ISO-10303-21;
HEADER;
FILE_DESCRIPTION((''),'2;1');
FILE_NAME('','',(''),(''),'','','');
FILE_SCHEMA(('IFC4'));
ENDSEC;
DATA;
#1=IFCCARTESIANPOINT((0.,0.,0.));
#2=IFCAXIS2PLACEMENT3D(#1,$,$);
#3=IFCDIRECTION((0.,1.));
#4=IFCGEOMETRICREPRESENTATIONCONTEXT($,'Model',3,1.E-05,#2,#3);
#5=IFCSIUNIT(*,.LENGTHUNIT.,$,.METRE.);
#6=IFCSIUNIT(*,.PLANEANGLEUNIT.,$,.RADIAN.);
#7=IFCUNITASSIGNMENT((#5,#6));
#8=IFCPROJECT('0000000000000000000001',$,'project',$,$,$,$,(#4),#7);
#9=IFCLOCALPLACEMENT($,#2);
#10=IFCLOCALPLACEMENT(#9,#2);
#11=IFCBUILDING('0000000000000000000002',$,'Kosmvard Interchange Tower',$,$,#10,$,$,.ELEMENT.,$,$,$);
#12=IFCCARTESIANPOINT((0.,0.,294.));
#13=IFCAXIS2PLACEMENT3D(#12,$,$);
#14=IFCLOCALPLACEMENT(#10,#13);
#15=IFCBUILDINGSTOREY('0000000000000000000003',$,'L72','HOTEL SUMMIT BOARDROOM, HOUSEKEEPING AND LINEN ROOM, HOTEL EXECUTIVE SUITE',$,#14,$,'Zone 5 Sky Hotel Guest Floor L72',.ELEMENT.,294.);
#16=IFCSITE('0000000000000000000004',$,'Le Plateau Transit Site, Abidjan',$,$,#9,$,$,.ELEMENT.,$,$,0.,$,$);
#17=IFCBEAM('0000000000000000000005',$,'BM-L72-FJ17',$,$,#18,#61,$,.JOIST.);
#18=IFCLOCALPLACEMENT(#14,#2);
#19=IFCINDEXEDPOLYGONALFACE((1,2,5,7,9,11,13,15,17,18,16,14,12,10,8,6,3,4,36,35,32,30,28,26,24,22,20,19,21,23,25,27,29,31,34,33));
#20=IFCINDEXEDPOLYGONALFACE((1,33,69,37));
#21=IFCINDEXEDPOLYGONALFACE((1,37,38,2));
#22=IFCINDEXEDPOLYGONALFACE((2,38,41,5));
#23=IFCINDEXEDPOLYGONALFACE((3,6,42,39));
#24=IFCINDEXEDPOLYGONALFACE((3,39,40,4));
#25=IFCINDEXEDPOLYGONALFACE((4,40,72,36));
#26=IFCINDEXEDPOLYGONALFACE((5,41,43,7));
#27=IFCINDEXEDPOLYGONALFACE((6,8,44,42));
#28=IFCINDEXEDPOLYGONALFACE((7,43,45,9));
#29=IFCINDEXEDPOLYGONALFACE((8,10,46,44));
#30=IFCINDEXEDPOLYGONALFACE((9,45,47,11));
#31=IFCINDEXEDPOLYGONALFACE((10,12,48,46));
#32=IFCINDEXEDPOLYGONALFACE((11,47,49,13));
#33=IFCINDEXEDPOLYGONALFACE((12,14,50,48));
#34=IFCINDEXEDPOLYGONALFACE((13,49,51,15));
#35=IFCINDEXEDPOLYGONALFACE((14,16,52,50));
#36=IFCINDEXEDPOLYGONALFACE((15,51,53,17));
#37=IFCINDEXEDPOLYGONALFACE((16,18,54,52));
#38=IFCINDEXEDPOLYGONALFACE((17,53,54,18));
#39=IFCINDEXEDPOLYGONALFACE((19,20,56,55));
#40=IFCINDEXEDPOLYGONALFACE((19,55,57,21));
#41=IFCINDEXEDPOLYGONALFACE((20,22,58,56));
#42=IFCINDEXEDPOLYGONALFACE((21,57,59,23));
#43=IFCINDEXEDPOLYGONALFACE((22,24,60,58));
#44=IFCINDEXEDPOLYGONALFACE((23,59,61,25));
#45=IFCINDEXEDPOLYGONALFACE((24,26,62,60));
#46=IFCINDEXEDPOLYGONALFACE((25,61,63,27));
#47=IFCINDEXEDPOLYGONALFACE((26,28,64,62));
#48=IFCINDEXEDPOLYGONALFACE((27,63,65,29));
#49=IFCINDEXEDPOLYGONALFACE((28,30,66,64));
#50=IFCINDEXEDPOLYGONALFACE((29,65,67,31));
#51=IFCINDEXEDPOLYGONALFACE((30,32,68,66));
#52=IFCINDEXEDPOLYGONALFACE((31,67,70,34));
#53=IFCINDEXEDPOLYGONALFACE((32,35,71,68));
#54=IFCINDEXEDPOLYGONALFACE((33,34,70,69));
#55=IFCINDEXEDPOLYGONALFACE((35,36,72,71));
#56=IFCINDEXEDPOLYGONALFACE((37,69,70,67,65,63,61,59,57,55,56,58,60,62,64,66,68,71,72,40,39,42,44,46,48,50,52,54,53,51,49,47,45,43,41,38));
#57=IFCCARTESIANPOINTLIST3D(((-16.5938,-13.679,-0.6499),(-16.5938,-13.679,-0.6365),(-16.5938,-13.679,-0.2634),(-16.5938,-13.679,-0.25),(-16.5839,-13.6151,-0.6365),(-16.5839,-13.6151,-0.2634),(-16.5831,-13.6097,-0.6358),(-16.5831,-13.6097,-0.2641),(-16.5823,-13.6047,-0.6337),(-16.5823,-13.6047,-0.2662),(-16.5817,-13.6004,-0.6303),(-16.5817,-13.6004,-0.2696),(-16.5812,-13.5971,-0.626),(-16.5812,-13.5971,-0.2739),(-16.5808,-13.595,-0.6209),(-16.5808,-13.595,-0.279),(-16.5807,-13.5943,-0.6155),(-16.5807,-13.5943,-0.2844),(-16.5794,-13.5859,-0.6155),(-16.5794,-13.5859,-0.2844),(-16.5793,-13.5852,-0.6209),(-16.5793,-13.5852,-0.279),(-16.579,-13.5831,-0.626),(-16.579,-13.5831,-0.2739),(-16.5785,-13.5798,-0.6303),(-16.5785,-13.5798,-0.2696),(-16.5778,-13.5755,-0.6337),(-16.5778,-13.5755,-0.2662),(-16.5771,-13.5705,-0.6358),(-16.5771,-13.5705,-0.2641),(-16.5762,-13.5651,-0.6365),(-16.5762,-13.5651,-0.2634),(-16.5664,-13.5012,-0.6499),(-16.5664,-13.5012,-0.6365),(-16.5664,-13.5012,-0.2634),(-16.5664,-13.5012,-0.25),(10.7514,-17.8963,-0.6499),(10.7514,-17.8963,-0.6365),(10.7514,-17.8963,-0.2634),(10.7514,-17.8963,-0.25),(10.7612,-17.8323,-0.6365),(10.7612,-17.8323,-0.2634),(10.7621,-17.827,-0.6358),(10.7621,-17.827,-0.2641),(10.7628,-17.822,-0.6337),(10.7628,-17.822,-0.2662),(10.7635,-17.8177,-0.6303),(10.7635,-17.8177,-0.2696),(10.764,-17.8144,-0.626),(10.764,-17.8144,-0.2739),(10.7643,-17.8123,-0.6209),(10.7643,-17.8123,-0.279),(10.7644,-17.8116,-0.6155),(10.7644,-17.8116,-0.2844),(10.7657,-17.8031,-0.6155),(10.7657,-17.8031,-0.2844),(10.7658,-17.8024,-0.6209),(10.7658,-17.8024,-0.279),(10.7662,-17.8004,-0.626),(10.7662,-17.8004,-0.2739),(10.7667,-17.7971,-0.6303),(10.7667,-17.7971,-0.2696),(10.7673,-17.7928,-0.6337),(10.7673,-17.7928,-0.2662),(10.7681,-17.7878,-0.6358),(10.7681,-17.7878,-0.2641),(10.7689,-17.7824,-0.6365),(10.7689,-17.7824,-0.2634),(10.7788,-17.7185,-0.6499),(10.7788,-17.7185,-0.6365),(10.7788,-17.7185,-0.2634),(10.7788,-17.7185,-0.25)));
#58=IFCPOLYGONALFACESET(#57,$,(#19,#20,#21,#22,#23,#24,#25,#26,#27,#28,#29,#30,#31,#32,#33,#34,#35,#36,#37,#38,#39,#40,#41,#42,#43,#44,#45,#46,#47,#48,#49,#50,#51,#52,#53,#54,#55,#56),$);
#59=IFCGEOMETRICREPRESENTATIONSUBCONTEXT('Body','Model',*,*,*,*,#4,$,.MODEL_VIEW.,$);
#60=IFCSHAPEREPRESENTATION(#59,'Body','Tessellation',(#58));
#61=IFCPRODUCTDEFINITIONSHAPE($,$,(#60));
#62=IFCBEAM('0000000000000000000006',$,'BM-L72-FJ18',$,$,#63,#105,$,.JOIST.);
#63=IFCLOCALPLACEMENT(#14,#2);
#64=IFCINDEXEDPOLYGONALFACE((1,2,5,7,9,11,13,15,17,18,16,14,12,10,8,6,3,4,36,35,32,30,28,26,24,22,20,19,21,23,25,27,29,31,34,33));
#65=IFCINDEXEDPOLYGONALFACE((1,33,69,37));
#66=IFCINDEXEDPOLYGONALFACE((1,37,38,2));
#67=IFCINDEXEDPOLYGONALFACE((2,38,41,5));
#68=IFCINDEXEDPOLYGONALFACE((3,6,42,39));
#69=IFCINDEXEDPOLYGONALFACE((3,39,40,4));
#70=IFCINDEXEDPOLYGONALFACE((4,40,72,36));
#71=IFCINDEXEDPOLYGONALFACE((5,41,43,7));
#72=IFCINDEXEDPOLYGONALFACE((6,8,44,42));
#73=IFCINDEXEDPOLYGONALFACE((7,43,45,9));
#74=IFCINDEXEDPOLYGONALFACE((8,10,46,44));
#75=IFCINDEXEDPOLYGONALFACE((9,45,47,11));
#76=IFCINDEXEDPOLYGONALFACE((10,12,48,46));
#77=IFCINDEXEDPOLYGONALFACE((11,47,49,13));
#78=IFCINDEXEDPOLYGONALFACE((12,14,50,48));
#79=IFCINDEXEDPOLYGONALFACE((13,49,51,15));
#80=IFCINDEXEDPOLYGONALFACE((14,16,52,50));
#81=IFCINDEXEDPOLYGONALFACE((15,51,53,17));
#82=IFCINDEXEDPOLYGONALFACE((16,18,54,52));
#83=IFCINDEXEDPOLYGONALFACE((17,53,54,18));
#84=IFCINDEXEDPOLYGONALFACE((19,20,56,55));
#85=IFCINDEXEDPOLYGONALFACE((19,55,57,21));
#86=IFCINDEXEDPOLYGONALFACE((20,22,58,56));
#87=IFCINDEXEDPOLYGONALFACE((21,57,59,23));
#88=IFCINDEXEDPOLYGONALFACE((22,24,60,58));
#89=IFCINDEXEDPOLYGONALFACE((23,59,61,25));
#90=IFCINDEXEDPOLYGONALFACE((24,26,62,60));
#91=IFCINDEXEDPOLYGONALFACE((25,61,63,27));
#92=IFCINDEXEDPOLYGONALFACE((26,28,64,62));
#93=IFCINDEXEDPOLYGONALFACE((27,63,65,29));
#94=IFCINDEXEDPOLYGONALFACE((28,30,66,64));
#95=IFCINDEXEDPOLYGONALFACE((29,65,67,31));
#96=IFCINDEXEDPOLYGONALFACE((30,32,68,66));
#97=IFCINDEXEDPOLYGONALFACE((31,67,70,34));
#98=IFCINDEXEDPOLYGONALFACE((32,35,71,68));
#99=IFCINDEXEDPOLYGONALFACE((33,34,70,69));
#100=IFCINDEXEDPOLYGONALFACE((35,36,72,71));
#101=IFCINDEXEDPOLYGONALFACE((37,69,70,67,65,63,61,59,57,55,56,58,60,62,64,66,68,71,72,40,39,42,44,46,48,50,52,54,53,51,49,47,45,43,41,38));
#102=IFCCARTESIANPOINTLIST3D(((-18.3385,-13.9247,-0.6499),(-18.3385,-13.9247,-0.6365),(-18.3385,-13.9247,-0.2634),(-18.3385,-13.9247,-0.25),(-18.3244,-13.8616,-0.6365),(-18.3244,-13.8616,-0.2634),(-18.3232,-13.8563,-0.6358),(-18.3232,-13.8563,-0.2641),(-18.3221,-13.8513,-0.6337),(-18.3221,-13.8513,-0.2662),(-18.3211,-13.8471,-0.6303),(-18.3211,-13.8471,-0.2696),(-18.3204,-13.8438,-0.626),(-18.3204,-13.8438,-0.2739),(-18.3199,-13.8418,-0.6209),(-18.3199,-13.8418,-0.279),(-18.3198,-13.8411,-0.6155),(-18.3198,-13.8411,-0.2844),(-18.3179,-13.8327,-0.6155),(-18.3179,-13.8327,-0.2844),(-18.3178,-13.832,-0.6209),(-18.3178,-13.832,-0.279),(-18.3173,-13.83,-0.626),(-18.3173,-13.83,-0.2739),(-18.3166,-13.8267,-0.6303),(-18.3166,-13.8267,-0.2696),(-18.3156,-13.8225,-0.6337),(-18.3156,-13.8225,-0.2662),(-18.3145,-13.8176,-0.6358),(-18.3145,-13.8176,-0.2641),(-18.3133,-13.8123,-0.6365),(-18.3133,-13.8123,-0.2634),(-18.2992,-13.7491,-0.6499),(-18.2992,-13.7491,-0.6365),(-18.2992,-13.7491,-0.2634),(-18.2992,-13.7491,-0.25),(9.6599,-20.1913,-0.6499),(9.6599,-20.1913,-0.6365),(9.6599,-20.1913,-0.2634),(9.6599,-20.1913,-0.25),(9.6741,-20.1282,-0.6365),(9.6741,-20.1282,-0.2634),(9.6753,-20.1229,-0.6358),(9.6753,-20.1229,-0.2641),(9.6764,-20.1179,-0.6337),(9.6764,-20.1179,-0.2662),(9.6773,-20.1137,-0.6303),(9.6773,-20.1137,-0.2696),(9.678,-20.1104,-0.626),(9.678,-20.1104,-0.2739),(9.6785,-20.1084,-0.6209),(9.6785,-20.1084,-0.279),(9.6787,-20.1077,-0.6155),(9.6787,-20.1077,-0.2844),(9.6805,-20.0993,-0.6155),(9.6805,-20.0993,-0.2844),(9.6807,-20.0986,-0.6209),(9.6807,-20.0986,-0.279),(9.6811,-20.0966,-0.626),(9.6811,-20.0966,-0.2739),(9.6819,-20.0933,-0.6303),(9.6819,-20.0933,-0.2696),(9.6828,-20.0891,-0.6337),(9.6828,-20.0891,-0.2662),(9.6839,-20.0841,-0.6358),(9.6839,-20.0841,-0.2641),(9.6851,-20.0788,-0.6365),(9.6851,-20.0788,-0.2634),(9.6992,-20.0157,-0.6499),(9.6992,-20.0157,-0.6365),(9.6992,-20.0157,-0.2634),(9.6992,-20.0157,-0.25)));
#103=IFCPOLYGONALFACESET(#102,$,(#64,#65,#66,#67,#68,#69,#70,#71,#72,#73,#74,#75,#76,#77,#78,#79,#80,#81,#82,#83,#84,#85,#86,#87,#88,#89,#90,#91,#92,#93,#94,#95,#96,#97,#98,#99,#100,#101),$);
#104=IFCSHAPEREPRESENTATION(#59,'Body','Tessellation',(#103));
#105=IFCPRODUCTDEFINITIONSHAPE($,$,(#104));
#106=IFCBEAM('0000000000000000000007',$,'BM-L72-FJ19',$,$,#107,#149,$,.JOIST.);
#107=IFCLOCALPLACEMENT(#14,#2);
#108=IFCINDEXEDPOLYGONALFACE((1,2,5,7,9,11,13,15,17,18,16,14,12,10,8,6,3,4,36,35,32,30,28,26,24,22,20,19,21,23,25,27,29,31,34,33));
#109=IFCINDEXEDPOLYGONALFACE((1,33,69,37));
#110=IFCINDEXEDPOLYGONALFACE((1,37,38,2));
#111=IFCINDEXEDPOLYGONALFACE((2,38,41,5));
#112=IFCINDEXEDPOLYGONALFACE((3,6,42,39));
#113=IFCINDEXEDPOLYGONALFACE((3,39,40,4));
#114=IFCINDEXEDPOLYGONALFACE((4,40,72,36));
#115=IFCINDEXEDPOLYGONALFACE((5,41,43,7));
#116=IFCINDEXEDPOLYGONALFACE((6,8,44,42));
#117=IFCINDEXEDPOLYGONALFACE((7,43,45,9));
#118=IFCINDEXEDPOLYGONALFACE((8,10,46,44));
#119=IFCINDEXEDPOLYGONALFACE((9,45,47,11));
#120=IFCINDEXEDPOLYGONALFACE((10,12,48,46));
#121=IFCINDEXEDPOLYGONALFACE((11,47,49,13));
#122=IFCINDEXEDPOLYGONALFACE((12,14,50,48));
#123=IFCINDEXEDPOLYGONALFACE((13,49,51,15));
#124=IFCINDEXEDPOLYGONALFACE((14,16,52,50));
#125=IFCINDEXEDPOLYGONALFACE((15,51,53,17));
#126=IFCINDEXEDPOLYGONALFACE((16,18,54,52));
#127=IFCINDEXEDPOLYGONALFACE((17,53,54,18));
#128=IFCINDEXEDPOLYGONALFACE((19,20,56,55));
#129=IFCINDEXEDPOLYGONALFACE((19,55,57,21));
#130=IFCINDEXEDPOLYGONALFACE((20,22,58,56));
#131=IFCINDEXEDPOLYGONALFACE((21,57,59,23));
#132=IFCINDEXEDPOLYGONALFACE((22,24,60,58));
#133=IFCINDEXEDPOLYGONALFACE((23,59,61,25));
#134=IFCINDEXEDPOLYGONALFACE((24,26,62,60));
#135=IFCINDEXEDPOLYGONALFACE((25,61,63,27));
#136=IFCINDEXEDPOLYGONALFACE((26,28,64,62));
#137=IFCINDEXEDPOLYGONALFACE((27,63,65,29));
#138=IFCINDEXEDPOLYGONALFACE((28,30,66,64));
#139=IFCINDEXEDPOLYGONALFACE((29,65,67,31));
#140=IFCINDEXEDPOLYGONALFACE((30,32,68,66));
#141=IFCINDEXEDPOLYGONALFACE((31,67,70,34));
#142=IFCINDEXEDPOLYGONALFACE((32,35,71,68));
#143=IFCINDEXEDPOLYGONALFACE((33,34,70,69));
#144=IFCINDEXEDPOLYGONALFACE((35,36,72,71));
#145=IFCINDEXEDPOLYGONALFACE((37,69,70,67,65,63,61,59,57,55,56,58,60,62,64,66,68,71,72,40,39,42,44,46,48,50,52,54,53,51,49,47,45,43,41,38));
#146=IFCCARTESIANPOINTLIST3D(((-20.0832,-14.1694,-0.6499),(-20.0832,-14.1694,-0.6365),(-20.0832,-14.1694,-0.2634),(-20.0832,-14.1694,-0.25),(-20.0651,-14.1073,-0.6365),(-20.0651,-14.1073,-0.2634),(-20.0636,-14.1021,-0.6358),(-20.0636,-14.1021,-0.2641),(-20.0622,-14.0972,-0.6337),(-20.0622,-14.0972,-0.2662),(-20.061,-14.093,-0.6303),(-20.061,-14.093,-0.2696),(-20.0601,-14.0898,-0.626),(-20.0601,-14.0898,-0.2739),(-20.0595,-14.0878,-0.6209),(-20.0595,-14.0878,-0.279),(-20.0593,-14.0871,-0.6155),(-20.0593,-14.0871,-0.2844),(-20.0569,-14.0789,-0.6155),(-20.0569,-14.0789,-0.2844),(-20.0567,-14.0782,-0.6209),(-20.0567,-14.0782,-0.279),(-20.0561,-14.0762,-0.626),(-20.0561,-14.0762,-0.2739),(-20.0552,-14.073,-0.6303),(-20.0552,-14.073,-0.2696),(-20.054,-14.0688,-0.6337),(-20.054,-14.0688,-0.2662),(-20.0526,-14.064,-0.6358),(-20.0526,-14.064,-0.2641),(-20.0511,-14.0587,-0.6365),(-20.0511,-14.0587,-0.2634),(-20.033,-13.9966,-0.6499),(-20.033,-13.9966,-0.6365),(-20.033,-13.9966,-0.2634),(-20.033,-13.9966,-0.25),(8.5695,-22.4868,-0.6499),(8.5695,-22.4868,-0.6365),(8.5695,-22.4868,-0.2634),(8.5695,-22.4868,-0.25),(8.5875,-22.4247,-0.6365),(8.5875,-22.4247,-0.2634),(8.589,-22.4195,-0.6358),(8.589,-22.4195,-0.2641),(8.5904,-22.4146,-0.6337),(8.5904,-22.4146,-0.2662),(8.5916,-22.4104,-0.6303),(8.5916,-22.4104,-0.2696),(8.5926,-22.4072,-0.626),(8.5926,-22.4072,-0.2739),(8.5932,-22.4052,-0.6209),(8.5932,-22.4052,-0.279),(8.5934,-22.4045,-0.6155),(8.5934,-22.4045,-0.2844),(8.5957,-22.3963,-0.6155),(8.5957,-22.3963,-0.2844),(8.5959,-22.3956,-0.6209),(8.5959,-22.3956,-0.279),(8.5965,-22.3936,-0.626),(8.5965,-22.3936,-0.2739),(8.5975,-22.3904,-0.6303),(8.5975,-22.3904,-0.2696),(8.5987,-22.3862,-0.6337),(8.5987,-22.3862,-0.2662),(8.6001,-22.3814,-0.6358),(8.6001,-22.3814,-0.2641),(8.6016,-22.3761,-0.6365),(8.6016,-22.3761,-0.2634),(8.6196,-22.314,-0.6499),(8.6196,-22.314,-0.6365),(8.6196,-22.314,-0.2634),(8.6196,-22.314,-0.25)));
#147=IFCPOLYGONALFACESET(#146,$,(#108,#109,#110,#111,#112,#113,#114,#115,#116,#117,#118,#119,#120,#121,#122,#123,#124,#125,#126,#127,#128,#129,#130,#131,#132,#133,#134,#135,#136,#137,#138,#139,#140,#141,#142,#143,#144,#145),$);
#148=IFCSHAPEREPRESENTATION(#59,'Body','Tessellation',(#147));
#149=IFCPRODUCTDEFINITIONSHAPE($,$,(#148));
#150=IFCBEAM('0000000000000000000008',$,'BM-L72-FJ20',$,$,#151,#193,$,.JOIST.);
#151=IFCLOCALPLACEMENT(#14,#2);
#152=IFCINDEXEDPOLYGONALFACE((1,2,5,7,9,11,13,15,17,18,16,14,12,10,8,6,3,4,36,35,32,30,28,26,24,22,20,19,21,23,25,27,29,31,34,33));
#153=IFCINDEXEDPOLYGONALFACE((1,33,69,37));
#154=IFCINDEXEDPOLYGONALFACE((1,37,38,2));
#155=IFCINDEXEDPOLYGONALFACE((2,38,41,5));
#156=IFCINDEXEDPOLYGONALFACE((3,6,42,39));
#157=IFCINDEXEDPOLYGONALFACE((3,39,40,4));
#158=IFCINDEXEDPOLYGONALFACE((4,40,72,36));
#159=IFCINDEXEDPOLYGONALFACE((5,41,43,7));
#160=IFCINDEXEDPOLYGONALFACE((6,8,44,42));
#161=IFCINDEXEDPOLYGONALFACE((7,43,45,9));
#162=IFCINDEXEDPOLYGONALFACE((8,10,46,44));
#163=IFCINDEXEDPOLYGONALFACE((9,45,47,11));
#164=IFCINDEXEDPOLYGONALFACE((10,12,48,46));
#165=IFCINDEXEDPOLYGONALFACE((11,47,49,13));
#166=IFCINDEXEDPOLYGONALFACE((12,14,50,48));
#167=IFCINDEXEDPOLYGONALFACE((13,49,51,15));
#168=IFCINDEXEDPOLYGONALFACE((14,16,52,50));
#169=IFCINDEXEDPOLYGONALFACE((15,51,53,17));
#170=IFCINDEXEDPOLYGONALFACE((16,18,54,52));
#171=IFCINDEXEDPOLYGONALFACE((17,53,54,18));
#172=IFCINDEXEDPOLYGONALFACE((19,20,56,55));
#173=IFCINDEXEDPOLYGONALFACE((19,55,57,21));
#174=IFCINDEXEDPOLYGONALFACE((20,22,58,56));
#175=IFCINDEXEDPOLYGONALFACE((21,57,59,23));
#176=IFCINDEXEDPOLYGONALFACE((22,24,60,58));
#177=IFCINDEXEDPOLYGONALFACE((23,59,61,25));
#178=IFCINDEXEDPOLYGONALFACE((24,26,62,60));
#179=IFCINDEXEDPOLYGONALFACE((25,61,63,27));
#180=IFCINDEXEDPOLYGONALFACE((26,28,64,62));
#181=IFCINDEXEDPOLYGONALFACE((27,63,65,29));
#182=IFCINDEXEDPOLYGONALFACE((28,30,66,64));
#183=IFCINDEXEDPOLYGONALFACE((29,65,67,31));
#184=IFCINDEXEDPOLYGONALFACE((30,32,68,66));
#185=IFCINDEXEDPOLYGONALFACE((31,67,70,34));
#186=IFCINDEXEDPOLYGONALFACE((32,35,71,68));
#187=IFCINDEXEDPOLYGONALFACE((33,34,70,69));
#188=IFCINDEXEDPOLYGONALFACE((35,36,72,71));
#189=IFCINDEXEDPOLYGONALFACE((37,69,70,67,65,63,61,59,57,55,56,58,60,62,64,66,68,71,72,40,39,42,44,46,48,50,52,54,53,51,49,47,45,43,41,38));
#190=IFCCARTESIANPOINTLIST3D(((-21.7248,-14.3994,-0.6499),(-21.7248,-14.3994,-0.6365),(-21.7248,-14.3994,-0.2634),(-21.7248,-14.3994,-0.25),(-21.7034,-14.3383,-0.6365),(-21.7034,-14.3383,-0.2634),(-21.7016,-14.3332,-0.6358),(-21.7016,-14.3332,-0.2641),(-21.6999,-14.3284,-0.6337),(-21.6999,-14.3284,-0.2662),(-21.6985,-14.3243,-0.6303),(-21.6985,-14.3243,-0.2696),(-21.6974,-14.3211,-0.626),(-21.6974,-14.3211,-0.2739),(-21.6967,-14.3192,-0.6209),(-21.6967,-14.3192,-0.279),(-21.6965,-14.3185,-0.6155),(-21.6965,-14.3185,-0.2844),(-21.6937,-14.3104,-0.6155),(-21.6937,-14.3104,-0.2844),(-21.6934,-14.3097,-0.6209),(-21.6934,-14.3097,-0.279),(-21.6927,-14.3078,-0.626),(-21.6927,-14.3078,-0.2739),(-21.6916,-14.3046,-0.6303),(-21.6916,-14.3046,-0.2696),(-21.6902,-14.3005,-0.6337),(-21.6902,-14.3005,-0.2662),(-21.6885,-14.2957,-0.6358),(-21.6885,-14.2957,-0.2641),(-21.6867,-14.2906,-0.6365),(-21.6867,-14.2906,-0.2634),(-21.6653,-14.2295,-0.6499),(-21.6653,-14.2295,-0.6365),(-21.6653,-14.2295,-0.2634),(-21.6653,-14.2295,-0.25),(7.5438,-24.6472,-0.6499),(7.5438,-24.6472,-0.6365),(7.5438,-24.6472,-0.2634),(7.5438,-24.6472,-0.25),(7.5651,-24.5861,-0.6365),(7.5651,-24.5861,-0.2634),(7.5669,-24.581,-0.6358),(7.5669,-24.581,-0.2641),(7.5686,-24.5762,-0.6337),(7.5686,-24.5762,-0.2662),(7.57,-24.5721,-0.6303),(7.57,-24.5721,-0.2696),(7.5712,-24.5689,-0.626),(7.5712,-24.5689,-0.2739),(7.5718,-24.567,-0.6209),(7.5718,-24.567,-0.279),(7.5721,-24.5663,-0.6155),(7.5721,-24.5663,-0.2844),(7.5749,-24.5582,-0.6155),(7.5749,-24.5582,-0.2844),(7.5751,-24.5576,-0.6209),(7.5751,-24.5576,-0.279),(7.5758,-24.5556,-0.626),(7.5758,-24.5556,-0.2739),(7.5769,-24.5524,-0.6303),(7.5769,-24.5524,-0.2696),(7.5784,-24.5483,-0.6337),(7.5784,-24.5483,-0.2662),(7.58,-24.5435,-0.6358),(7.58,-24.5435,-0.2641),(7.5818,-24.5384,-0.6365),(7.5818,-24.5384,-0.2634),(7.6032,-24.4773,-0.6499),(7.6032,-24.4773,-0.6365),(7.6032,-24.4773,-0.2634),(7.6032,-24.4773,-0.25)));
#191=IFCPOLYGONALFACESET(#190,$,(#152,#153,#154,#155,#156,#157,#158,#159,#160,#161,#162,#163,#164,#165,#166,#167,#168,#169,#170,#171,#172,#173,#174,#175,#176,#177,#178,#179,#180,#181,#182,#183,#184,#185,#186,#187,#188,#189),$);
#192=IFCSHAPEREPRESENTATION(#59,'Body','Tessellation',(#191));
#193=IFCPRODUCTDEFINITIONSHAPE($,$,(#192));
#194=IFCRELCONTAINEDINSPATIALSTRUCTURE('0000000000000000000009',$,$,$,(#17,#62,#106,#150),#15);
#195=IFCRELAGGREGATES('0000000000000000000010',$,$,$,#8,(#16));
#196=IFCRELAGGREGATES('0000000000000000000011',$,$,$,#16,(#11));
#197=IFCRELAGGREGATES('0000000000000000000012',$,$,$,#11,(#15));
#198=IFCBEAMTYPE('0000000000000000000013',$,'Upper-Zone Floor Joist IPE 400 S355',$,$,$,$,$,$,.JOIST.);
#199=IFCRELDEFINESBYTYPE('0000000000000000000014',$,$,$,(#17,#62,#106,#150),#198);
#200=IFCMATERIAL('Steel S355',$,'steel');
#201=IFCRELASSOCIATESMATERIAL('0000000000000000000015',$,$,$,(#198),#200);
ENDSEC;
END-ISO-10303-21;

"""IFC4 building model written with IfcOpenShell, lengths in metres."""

from ifc_helpers import new_model, si_unit, direction, frame, origin, origin_2d, place, context, subcontext, project, spatial, i_section, extrude, source, transform, mapped, material, material_profile, profile_set, type_object, element, save


model = new_model("IFC4")

# Units and contexts
model_context = context("Model", 3, precision=1e-05, world=origin(), true_north=direction((0.0, 1.0)))
body_context = subcontext(model_context, "Body", "Model", "MODEL_VIEW")
ifc_project = project(units=[si_unit("LENGTHUNIT", "METRE"), si_unit("PLANEANGLEUNIT", "RADIAN")], contexts=[model_context])

# Site, building, storey
site_placement = place(None, origin())
site = spatial("IfcSite", under=ifc_project, at=site_placement, Name="Le Plateau Transit Site, Abidjan", CompositionType="ELEMENT", RefElevation=0.0)
building_placement = place(site_placement, origin())
building = spatial("IfcBuilding", under=site, at=building_placement, Name="Kosmvard Interchange Tower", CompositionType="ELEMENT")
storey_placement = place(building_placement, frame((0.0, 0.0, 294.0)))
storey = spatial("IfcBuildingStorey", under=building, at=storey_placement, Name="L72", Description="HOTEL SUMMIT BOARDROOM, HOUSEKEEPING AND LINEN ROOM, HOTEL EXECUTIVE SUITE", LongName="Zone 5 Sky Hotel Guest Floor L72", CompositionType="ELEMENT", Elevation=294.0)

# Beams
ifc_material_1 = material(Name="Steel S355", Category="steel")
ifc_material_profile_1 = material_profile(ifc_material_1, i_section(OverallWidth=0.1799, OverallDepth=0.3999, WebThickness=0.0085, FlangeThickness=0.0134, FilletRadius=0.021, at=origin_2d()), Name="IPE 400")
ifc_profile_set_1 = profile_set([ifc_material_profile_1], Name="Steel S355")
beam_type_1 = type_object("IfcBeamType", Name="Upper-Zone Floor Joist IPE 400 S355", PredefinedType="JOIST", material=ifc_profile_set_1)
shared_shape_1 = source(origin(), body_context, "Body", "SweptSolid", [
    extrude(i_section(OverallWidth=0.1799, OverallDepth=0.3999, WebThickness=0.0085, FlangeThickness=0.0134, FilletRadius=0.021, at=origin_2d()), origin(), (0.0, 0.0, 1.0), 27.6685),
])
beam_1_placement = place(storey_placement, frame((-16.5801, -13.5901, -0.45), z_axis=(0.988316, -0.152422, 0.0), x_axis=(0.152422, 0.988316, 0.0)))
element("IfcBeam", 1, at=beam_1_placement, inside=storey, type_object=beam_type_1, Name="BM-L72-FJ17", PredefinedType="JOIST", context=body_context, shape_type="MappedRepresentation", body=[
    mapped(shared_shape_1, transform((0.0, 0.0, 0.0), scale=1.0)),
])
shared_shape_2 = source(origin(), body_context, "Body", "SweptSolid", [
    extrude(i_section(OverallWidth=0.1799, OverallDepth=0.3999, WebThickness=0.0085, FlangeThickness=0.0134, FilletRadius=0.021, at=origin_2d()), origin(), (0.0, 0.0, 1.0), 28.6912),
])
beam_2_placement = place(storey_placement, frame((-18.3188, -13.8369, -0.45), z_axis=(0.975856, -0.218415, 0.0), x_axis=(0.218415, 0.975856, 0.0)))
element("IfcBeam", 2, at=beam_2_placement, inside=storey, type_object=beam_type_1, Name="BM-L72-FJ18", PredefinedType="JOIST", context=body_context, shape_type="MappedRepresentation", body=[
    mapped(shared_shape_2, transform((0.0, 0.0, 0.0), scale=1.0)),
])
shared_shape_3 = source(origin(), body_context, "Body", "SweptSolid", [
    extrude(i_section(OverallWidth=0.1799, OverallDepth=0.3999, WebThickness=0.0085, FlangeThickness=0.0134, FilletRadius=0.021, at=origin_2d()), origin(), (0.0, 0.0, 1.0), 29.8354),
])
beam_3_placement = place(storey_placement, frame((-20.0581, -14.083, -0.45), z_axis=(0.960356, -0.278776, 0.0), x_axis=(0.278776, 0.960356, 0.0)))
element("IfcBeam", 3, at=beam_3_placement, inside=storey, type_object=beam_type_1, Name="BM-L72-FJ19", PredefinedType="JOIST", context=body_context, shape_type="MappedRepresentation", body=[
    mapped(shared_shape_3, transform((0.0, 0.0, 0.0), scale=1.0)),
])
shared_shape_4 = source(origin(), body_context, "Body", "SweptSolid", [
    extrude(i_section(OverallWidth=0.1799, OverallDepth=0.3999, WebThickness=0.0085, FlangeThickness=0.0134, FilletRadius=0.021, at=origin_2d()), origin(), (0.0, 0.0, 1.0), 31.0107),
])
beam_4_placement = place(storey_placement, frame((-21.6951, -14.3145, -0.45), z_axis=(0.94382, -0.33046, 0.0), x_axis=(0.33046, 0.94382, 0.0)))
element("IfcBeam", 4, at=beam_4_placement, inside=storey, type_object=beam_type_1, Name="BM-L72-FJ20", PredefinedType="JOIST", context=body_context, shape_type="MappedRepresentation", body=[
    mapped(shared_shape_4, transform((0.0, 0.0, 0.0), scale=1.0)),
])

save(model, "model.ifc")
